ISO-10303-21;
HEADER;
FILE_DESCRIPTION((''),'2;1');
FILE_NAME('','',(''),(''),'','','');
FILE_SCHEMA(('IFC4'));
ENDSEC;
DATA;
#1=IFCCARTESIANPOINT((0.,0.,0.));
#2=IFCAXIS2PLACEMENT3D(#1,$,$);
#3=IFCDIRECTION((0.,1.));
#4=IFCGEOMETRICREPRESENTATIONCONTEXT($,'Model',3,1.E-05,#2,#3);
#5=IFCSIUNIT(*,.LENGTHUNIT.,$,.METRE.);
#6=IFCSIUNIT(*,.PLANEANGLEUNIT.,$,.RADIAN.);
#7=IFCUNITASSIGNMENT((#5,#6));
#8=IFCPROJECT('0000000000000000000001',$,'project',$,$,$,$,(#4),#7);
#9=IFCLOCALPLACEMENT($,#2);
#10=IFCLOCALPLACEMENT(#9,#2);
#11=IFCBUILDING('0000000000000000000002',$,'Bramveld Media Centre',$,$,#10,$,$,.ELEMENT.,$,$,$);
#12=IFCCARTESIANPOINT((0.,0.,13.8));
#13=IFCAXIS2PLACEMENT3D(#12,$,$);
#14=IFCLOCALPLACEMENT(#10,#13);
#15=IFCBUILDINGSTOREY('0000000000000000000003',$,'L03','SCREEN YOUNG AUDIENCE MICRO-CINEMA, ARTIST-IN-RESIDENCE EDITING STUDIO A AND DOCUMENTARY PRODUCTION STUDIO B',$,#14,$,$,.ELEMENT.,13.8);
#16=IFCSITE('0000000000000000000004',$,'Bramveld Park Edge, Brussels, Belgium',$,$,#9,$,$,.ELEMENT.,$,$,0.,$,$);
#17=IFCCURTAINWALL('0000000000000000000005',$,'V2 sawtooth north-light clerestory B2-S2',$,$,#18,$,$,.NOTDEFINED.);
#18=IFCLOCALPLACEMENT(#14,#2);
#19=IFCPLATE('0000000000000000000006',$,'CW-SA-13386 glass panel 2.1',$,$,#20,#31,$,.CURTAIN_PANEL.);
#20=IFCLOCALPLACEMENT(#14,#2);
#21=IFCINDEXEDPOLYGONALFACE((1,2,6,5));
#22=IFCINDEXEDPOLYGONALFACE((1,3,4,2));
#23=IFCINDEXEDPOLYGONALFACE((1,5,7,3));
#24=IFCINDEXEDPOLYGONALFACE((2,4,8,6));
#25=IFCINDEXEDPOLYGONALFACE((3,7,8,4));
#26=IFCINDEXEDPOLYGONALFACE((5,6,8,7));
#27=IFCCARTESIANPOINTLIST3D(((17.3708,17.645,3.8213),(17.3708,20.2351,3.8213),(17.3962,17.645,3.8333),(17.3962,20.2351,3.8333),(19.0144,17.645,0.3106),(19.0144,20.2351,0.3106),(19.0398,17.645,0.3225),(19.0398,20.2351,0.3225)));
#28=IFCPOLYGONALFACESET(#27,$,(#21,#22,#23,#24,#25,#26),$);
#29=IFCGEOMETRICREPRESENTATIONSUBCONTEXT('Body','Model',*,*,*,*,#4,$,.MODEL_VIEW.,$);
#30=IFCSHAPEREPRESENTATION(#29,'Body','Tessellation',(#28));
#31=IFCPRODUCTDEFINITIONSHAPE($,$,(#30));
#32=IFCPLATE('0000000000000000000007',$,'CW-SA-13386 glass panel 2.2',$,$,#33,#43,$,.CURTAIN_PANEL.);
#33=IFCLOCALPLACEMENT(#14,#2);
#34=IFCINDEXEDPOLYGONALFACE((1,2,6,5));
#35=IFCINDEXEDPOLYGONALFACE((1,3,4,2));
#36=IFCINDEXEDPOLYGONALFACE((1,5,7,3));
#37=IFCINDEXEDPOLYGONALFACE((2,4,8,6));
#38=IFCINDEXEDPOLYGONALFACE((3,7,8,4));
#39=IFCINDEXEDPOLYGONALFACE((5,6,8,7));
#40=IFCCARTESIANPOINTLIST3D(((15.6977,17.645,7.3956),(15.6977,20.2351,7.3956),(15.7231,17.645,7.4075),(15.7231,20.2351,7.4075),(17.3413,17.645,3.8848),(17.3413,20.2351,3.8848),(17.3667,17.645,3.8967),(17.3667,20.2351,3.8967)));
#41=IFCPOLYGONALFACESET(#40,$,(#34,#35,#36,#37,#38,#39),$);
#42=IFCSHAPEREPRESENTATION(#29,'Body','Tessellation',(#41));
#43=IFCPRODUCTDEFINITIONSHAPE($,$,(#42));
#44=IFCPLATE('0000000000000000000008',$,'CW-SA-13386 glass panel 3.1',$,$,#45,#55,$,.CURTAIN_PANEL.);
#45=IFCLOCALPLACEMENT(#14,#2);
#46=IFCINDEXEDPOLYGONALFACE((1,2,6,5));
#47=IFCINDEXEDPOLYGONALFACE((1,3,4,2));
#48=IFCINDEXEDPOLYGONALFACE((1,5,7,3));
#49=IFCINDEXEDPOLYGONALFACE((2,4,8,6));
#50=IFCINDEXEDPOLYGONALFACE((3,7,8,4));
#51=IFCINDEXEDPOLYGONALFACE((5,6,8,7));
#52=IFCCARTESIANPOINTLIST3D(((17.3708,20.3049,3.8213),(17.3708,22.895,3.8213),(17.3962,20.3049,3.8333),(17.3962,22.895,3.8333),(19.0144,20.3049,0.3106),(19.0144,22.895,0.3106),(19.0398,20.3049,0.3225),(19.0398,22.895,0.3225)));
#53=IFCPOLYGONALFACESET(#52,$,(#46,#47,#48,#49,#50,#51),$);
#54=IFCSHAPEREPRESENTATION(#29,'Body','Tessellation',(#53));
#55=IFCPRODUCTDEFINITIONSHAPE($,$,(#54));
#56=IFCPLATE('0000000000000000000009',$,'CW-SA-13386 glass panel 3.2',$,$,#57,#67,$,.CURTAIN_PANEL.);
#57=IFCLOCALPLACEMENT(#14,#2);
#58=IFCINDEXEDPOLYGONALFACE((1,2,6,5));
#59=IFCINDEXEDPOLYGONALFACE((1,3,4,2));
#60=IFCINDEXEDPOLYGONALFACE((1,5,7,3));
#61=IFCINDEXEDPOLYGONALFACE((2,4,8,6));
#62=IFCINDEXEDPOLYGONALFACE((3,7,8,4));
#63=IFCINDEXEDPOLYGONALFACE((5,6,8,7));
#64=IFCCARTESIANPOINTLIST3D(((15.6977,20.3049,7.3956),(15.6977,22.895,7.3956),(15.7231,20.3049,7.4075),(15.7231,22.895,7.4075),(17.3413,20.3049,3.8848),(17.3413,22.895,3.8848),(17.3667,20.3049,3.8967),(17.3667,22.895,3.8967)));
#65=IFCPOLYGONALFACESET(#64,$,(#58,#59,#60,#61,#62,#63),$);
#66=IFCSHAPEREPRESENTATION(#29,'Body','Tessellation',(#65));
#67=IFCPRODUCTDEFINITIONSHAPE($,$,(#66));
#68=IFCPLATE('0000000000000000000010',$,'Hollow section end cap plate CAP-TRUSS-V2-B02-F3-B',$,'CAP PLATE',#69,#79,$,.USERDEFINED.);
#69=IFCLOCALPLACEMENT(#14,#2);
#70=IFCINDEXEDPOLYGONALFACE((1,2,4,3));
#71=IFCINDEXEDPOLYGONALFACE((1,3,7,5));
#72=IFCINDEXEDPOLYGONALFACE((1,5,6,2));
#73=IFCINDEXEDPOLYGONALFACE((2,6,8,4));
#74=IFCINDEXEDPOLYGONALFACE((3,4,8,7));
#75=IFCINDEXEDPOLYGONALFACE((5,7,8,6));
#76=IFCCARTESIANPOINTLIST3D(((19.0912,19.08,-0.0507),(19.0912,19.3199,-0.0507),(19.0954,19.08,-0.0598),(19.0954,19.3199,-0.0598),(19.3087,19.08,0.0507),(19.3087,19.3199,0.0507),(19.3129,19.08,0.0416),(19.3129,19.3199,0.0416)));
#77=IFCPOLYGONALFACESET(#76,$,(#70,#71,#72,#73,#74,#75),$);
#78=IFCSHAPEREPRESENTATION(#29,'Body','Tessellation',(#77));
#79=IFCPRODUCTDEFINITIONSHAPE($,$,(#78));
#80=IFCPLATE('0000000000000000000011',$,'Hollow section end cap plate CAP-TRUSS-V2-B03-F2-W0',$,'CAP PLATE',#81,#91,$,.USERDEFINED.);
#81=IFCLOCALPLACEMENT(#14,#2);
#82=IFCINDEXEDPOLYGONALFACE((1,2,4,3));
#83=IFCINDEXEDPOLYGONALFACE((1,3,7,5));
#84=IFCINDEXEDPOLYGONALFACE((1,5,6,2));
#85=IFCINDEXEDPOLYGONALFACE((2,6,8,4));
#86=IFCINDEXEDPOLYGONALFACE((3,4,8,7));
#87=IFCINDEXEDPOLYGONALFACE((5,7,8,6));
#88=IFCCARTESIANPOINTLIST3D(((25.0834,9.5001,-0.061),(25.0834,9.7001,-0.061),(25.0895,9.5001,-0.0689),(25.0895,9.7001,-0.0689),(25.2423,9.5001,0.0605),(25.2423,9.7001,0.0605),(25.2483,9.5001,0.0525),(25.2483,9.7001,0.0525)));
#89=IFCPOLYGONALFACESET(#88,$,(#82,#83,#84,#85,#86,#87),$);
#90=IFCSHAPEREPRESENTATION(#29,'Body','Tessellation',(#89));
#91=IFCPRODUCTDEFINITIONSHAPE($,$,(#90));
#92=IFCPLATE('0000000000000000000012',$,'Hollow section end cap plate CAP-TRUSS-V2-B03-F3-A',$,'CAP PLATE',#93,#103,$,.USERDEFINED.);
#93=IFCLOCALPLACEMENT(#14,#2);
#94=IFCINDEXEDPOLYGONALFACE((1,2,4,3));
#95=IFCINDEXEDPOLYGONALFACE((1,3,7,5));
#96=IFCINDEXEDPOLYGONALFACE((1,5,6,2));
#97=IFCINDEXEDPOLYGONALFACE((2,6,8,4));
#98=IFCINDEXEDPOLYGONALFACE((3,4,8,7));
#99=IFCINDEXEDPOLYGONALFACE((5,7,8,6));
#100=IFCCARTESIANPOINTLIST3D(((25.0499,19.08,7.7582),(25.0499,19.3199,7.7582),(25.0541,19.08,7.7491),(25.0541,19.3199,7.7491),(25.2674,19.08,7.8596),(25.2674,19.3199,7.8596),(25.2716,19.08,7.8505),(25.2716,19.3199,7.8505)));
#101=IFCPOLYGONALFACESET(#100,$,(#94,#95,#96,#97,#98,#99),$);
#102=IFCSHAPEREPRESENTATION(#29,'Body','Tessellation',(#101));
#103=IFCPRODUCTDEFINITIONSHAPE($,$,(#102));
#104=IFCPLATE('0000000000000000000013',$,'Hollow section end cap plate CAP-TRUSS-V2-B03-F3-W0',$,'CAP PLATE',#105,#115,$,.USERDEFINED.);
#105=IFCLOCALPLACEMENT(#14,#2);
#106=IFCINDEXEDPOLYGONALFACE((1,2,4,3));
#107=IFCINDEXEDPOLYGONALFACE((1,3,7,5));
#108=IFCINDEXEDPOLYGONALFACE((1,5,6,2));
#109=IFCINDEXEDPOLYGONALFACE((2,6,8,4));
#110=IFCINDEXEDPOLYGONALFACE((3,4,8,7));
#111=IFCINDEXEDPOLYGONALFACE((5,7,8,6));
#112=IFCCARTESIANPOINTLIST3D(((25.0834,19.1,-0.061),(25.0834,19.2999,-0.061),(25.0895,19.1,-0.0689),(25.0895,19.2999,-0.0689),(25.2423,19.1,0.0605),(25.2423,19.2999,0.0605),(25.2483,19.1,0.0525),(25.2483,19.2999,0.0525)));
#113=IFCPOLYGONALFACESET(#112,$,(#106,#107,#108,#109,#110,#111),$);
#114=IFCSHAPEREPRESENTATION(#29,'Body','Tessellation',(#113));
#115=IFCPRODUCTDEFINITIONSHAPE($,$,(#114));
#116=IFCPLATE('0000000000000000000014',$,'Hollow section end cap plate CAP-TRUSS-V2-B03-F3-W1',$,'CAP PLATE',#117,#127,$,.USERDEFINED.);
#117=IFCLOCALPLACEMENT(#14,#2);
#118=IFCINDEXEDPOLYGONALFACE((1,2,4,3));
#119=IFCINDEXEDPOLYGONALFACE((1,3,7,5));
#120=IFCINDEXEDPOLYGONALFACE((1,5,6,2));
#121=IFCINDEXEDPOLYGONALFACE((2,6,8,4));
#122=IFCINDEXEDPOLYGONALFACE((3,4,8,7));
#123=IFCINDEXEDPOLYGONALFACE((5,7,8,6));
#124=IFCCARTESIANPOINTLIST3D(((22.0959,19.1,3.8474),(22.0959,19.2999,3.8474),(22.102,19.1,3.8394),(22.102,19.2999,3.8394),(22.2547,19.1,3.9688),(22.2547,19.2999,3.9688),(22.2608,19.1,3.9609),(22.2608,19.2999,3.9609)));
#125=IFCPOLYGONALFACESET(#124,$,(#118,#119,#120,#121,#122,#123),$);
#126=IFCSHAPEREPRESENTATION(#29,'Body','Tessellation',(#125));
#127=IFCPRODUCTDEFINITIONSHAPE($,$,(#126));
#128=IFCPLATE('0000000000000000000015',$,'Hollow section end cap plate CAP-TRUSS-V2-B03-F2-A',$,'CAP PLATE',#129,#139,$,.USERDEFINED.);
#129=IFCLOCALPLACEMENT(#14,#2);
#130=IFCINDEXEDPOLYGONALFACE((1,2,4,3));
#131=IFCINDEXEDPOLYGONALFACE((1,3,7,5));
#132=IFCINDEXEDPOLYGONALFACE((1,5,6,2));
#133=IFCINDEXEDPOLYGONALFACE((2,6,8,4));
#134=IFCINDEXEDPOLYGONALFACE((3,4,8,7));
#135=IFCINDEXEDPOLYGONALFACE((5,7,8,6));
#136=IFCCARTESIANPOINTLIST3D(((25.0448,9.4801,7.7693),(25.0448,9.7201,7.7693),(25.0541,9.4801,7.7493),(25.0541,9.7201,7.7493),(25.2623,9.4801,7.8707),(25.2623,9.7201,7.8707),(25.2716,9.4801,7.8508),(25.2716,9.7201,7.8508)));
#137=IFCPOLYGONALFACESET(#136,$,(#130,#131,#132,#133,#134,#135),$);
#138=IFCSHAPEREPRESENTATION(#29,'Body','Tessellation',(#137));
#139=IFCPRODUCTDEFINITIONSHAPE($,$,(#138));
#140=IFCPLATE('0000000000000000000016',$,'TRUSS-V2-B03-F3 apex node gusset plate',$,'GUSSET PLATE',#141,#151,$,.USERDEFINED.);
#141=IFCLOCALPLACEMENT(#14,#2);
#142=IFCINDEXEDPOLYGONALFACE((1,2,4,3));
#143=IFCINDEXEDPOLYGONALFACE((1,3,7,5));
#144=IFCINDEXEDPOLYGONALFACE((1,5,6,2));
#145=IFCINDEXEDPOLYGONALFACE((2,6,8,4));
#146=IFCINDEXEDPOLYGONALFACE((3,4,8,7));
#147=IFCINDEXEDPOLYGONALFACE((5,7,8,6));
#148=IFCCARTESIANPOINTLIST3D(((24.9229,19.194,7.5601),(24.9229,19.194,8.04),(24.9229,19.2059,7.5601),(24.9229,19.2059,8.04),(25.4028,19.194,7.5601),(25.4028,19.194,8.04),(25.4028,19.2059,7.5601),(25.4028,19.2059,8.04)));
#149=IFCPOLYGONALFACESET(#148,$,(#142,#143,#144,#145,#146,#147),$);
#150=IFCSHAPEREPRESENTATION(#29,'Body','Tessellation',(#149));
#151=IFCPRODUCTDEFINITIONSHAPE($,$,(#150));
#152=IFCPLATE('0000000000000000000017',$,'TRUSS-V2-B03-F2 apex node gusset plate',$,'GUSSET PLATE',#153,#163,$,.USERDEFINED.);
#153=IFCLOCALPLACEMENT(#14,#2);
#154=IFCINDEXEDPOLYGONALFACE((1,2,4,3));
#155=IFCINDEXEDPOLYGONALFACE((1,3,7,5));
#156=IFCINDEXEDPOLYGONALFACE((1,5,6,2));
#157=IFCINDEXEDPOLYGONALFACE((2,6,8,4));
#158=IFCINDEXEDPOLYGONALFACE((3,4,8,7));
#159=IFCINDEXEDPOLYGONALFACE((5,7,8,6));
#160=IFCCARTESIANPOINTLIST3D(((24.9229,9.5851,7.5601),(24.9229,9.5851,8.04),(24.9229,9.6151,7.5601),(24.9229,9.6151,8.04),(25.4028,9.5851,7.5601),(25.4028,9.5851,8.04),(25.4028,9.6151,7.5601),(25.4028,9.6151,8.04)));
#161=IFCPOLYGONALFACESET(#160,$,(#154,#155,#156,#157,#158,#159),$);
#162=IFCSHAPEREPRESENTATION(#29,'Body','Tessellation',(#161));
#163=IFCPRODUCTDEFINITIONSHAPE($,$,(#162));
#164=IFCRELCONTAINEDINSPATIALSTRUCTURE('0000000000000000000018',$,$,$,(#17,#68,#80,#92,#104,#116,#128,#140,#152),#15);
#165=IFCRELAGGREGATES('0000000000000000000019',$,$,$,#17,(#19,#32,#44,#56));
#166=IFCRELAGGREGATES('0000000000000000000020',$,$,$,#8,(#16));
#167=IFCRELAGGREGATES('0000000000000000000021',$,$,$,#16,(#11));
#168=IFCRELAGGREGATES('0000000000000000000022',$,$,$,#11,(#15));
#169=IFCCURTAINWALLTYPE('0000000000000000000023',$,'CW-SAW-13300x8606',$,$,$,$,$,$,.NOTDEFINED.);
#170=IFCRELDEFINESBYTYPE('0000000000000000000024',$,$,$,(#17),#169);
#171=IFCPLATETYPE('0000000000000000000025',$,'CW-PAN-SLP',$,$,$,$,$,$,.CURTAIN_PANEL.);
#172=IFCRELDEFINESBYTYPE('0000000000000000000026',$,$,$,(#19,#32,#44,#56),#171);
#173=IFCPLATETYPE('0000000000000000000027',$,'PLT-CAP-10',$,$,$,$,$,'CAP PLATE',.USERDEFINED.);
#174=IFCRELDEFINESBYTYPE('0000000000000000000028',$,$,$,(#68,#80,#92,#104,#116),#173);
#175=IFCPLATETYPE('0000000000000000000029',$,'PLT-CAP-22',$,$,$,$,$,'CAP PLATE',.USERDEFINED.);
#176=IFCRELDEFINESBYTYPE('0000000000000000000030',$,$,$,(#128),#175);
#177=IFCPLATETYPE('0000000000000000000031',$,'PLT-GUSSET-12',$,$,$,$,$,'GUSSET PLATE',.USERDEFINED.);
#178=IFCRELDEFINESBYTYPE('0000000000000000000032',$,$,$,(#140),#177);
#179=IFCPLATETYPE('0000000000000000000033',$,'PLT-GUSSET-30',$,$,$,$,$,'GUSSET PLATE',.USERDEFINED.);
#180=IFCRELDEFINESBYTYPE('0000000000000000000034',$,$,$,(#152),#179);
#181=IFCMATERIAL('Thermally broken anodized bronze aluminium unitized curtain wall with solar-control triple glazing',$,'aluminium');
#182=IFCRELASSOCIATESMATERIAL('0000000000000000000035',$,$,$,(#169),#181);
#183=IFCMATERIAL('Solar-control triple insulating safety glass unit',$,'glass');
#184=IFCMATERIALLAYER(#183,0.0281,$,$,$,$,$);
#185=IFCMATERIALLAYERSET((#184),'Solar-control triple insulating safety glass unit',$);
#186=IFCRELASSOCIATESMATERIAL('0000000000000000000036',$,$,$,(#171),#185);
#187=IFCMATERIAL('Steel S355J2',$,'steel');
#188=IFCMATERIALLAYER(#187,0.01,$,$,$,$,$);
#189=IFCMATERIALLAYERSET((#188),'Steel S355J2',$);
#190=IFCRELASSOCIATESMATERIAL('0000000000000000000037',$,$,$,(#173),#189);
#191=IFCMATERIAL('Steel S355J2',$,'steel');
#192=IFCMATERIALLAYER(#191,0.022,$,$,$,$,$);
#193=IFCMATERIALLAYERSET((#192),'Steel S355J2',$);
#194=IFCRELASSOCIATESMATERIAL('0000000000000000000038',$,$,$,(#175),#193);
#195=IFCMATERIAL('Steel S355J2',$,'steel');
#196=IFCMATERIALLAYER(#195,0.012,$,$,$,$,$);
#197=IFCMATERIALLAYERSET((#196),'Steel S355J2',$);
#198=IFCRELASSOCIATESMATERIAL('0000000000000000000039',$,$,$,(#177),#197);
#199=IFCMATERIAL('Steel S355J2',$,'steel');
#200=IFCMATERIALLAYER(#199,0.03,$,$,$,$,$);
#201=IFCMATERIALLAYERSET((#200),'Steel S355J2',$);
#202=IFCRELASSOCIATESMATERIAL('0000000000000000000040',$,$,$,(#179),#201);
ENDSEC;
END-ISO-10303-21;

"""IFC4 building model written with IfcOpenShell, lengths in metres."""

from ifc_helpers import new_model, si_unit, direction, frame, origin, origin_2d, place, context, subcontext, project, spatial, polyline, rectangle, outline, extrude, material, layer, layer_set, type_object, element, aggregate, save


model = new_model("IFC4")

# Units and contexts
model_context = context("Model", 3, precision=1e-05, world=origin(), true_north=direction((0.0, 1.0)))
body_context = subcontext(model_context, "Body", "Model", "MODEL_VIEW")
ifc_project = project(units=[si_unit("LENGTHUNIT", "METRE"), si_unit("PLANEANGLEUNIT", "RADIAN")], contexts=[model_context])

# Site, building, storey
site_placement = place(None, origin())
site = spatial("IfcSite", under=ifc_project, at=site_placement, Name="Bramveld Park Edge, Brussels, Belgium", CompositionType="ELEMENT", RefElevation=0.0)
building_placement = place(site_placement, origin())
building = spatial("IfcBuilding", under=site, at=building_placement, Name="Bramveld Media Centre", CompositionType="ELEMENT")
storey_placement = place(building_placement, frame((0.0, 0.0, 13.8)))
storey = spatial("IfcBuildingStorey", under=building, at=storey_placement, Name="L03", Description="SCREEN YOUNG AUDIENCE MICRO-CINEMA, ARTIST-IN-RESIDENCE EDITING STUDIO A AND DOCUMENTARY PRODUCTION STUDIO B", CompositionType="ELEMENT", Elevation=13.8)

# Curtain wall
ifc_material_1 = material(Name="Thermally broken anodized bronze aluminium unitized curtain wall with solar-control triple glazing", Category="aluminium")
curtain_wall_type = type_object("IfcCurtainWallType", Name="CW-SAW-13300x8606", PredefinedType="NOTDEFINED", material=ifc_material_1)
curtain_wall_1_placement = place(storey_placement, origin())
curtain_wall_1 = element("IfcCurtainWall", 1, at=curtain_wall_1_placement, inside=storey, type_object=curtain_wall_type, Name="V2 sawtooth north-light clerestory B2-S2", PredefinedType="NOTDEFINED")

# Plates
ifc_material_2 = material(Name="Solar-control triple insulating safety glass unit", Category="glass")
ifc_layer_1 = layer(ifc_material_2, 0.0281)
ifc_layer_set_1 = layer_set([ifc_layer_1], Name="Solar-control triple insulating safety glass unit")
plate_type_1 = type_object("IfcPlateType", Name="CW-PAN-SLP", PredefinedType="CURTAIN_PANEL", material=ifc_layer_set_1)
plate_1_placement = place(storey_placement, frame((19.0398, 17.645, 0.3225), z_axis=(0.905668, 0.0, 0.423988), x_axis=(0.0, 1.0, 0.0)))
plate_1 = element("IfcPlate", 2, at=plate_1_placement, type_object=plate_type_1, Name="CW-SA-13386 glass panel 2.1", PredefinedType="CURTAIN_PANEL", context=body_context, shape_type="SweptSolid", body=[
    extrude(outline(polyline([(0.0, 0.0), (2.5901, 0.0), (2.5901, 3.8764), (0.0, 3.8764), (0.0, 0.0)])), origin(), (0.0, 0.0, -1.0), 0.0281),
])
plate_2_placement = place(storey_placement, frame((17.3667, 17.645, 3.8967), z_axis=(0.905668, 0.0, 0.423988), x_axis=(0.0, 1.0, 0.0)))
plate_2 = element("IfcPlate", 3, at=plate_2_placement, type_object=plate_type_1, Name="CW-SA-13386 glass panel 2.2", PredefinedType="CURTAIN_PANEL", context=body_context, shape_type="SweptSolid", body=[
    extrude(outline(polyline([(0.0, 0.0), (2.5901, 0.0), (2.5901, 3.8764), (0.0, 3.8764), (0.0, 0.0)])), origin(), (0.0, 0.0, -1.0), 0.0281),
])
plate_3_placement = place(storey_placement, frame((19.0398, 20.3049, 0.3225), z_axis=(0.905668, 0.0, 0.423988), x_axis=(0.0, 1.0, 0.0)))
plate_3 = element("IfcPlate", 4, at=plate_3_placement, type_object=plate_type_1, Name="CW-SA-13386 glass panel 3.1", PredefinedType="CURTAIN_PANEL", context=body_context, shape_type="SweptSolid", body=[
    extrude(outline(polyline([(0.0, 0.0), (2.5901, 0.0), (2.5901, 3.8764), (0.0, 3.8764), (0.0, 0.0)])), origin(), (0.0, 0.0, -1.0), 0.0281),
])
plate_4_placement = place(storey_placement, frame((17.3667, 20.3049, 3.8967), z_axis=(0.905668, 0.0, 0.423988), x_axis=(0.0, 1.0, 0.0)))
plate_4 = element("IfcPlate", 5, at=plate_4_placement, type_object=plate_type_1, Name="CW-SA-13386 glass panel 3.2", PredefinedType="CURTAIN_PANEL", context=body_context, shape_type="SweptSolid", body=[
    extrude(outline(polyline([(0.0, 0.0), (2.5901, 0.0), (2.5901, 3.8764), (0.0, 3.8764), (0.0, 0.0)])), origin(), (0.0, 0.0, -1.0), 0.0281),
])
aggregate(curtain_wall_1, [plate_1, plate_2, plate_3, plate_4])

# Plates
ifc_material_3 = material(Name="Steel S355J2", Category="steel")
ifc_layer_2 = layer(ifc_material_3, 0.01)
ifc_layer_set_2 = layer_set([ifc_layer_2], Name="Steel S355J2")
plate_type_2 = type_object("IfcPlateType", Name="PLT-CAP-10", ElementType="CAP PLATE", PredefinedType="USERDEFINED", material=ifc_layer_set_2)
plate_5_placement = place(storey_placement, frame((19.2, 19.2, 0.0), z_axis=(0.422618, 0.0, -0.906308), x_axis=(0.0, 1.0, 0.0)))
element("IfcPlate", 6, at=plate_5_placement, inside=storey, type_object=plate_type_2, Name="Hollow section end cap plate CAP-TRUSS-V2-B02-F3-B", ObjectType="CAP PLATE", PredefinedType="USERDEFINED", context=body_context, shape_type="SweptSolid", body=[
    extrude(rectangle(XDim=0.24, YDim=0.24, at=origin_2d()), origin(), (0.0, 0.0, 1.0), 0.01),
])
plate_6_placement = place(storey_placement, frame((25.1628, 9.6001, -0.0002), z_axis=(0.607328, 0.0, -0.794451), x_axis=(0.0, 1.0, 0.0)))
element("IfcPlate", 7, at=plate_6_placement, inside=storey, type_object=plate_type_2, Name="Hollow section end cap plate CAP-TRUSS-V2-B03-F2-W0", ObjectType="CAP PLATE", PredefinedType="USERDEFINED", context=body_context, shape_type="SweptSolid", body=[
    extrude(rectangle(XDim=0.2, YDim=0.2, at=origin_2d()), origin(), (0.0, 0.0, 1.0), 0.01),
])
plate_7_placement = place(storey_placement, frame((25.1628, 19.2, 7.7998), z_axis=(-0.422618, 0.0, 0.906308), x_axis=(0.0, -1.0, 0.0)))
element("IfcPlate", 8, at=plate_7_placement, inside=storey, type_object=plate_type_2, Name="Hollow section end cap plate CAP-TRUSS-V2-B03-F3-A", ObjectType="CAP PLATE", PredefinedType="USERDEFINED", context=body_context, shape_type="SweptSolid", body=[
    extrude(rectangle(XDim=0.24, YDim=0.24, at=origin_2d()), origin(), (0.0, 0.0, 1.0), 0.01),
])
for number, where, z_axis, x_axis, name in (
    (9, (25.1628, 19.2, -0.0002), (0.607328, 0.0, -0.794451), (0.0, 1.0, 0.0), "Hollow section end cap plate CAP-TRUSS-V2-B03-F3-W0"),
    (10, (22.1814, 19.2, 3.9001), (-0.607328, 0.0, 0.794451), (0.0, -1.0, 0.0), "Hollow section end cap plate CAP-TRUSS-V2-B03-F3-W1"),
):
    element("IfcPlate", number, at=place(storey_placement, frame(where, z_axis=z_axis, x_axis=x_axis)), inside=storey, type_object=plate_type_2, Name=name, ObjectType="CAP PLATE", PredefinedType="USERDEFINED", context=body_context, shape_type="SweptSolid", body=[
        extrude(rectangle(XDim=0.2, YDim=0.2, at=origin_2d()), origin(), (0.0, 0.0, 1.0), 0.01),
    ])
ifc_material_4 = material(Name="Steel S355J2", Category="steel")
ifc_layer_3 = layer(ifc_material_4, 0.022)
ifc_layer_set_3 = layer_set([ifc_layer_3], Name="Steel S355J2")
plate_type_3 = type_object("IfcPlateType", Name="PLT-CAP-22", ElementType="CAP PLATE", PredefinedType="USERDEFINED", material=ifc_layer_set_3)
plate_8_placement = place(storey_placement, frame((25.1628, 9.6001, 7.8), z_axis=(-0.422618, 0.0, 0.906308), x_axis=(0.0, -1.0, 0.0)))
element("IfcPlate", 11, at=plate_8_placement, inside=storey, type_object=plate_type_3, Name="Hollow section end cap plate CAP-TRUSS-V2-B03-F2-A", ObjectType="CAP PLATE", PredefinedType="USERDEFINED", context=body_context, shape_type="SweptSolid", body=[
    extrude(rectangle(XDim=0.24, YDim=0.24, at=origin_2d()), origin(), (0.0, 0.0, 1.0), 0.022),
])
ifc_material_5 = material(Name="Steel S355J2", Category="steel")
ifc_layer_4 = layer(ifc_material_5, 0.012)
ifc_layer_set_4 = layer_set([ifc_layer_4], Name="Steel S355J2")
plate_type_4 = type_object("IfcPlateType", Name="PLT-GUSSET-12", ElementType="GUSSET PLATE", PredefinedType="USERDEFINED", material=ifc_layer_set_4)
plate_9_placement = place(storey_placement, frame((25.1628, 19.2, 7.5601), z_axis=(0.0, 0.0, 1.0), x_axis=(1.0, 0.0, 0.0)))
element("IfcPlate", 12, at=plate_9_placement, inside=storey, type_object=plate_type_4, Name="TRUSS-V2-B03-F3 apex node gusset plate", ObjectType="GUSSET PLATE", PredefinedType="USERDEFINED", context=body_context, shape_type="SweptSolid", body=[
    extrude(rectangle(XDim=0.48, YDim=0.012, at=origin_2d()), origin(), (0.0, 0.0, 1.0), 0.48),
])
ifc_material_6 = material(Name="Steel S355J2", Category="steel")
ifc_layer_5 = layer(ifc_material_6, 0.03)
ifc_layer_set_5 = layer_set([ifc_layer_5], Name="Steel S355J2")
plate_type_5 = type_object("IfcPlateType", Name="PLT-GUSSET-30", ElementType="GUSSET PLATE", PredefinedType="USERDEFINED", material=ifc_layer_set_5)
plate_10_placement = place(storey_placement, frame((25.1628, 9.6001, 7.5601), z_axis=(0.0, 0.0, 1.0), x_axis=(1.0, 0.0, 0.0)))
element("IfcPlate", 13, at=plate_10_placement, inside=storey, type_object=plate_type_5, Name="TRUSS-V2-B03-F2 apex node gusset plate", ObjectType="GUSSET PLATE", PredefinedType="USERDEFINED", context=body_context, shape_type="SweptSolid", body=[
    extrude(rectangle(XDim=0.48, YDim=0.03, at=origin_2d()), origin(), (0.0, 0.0, 1.0), 0.48),
])

save(model, "model.ifc")
